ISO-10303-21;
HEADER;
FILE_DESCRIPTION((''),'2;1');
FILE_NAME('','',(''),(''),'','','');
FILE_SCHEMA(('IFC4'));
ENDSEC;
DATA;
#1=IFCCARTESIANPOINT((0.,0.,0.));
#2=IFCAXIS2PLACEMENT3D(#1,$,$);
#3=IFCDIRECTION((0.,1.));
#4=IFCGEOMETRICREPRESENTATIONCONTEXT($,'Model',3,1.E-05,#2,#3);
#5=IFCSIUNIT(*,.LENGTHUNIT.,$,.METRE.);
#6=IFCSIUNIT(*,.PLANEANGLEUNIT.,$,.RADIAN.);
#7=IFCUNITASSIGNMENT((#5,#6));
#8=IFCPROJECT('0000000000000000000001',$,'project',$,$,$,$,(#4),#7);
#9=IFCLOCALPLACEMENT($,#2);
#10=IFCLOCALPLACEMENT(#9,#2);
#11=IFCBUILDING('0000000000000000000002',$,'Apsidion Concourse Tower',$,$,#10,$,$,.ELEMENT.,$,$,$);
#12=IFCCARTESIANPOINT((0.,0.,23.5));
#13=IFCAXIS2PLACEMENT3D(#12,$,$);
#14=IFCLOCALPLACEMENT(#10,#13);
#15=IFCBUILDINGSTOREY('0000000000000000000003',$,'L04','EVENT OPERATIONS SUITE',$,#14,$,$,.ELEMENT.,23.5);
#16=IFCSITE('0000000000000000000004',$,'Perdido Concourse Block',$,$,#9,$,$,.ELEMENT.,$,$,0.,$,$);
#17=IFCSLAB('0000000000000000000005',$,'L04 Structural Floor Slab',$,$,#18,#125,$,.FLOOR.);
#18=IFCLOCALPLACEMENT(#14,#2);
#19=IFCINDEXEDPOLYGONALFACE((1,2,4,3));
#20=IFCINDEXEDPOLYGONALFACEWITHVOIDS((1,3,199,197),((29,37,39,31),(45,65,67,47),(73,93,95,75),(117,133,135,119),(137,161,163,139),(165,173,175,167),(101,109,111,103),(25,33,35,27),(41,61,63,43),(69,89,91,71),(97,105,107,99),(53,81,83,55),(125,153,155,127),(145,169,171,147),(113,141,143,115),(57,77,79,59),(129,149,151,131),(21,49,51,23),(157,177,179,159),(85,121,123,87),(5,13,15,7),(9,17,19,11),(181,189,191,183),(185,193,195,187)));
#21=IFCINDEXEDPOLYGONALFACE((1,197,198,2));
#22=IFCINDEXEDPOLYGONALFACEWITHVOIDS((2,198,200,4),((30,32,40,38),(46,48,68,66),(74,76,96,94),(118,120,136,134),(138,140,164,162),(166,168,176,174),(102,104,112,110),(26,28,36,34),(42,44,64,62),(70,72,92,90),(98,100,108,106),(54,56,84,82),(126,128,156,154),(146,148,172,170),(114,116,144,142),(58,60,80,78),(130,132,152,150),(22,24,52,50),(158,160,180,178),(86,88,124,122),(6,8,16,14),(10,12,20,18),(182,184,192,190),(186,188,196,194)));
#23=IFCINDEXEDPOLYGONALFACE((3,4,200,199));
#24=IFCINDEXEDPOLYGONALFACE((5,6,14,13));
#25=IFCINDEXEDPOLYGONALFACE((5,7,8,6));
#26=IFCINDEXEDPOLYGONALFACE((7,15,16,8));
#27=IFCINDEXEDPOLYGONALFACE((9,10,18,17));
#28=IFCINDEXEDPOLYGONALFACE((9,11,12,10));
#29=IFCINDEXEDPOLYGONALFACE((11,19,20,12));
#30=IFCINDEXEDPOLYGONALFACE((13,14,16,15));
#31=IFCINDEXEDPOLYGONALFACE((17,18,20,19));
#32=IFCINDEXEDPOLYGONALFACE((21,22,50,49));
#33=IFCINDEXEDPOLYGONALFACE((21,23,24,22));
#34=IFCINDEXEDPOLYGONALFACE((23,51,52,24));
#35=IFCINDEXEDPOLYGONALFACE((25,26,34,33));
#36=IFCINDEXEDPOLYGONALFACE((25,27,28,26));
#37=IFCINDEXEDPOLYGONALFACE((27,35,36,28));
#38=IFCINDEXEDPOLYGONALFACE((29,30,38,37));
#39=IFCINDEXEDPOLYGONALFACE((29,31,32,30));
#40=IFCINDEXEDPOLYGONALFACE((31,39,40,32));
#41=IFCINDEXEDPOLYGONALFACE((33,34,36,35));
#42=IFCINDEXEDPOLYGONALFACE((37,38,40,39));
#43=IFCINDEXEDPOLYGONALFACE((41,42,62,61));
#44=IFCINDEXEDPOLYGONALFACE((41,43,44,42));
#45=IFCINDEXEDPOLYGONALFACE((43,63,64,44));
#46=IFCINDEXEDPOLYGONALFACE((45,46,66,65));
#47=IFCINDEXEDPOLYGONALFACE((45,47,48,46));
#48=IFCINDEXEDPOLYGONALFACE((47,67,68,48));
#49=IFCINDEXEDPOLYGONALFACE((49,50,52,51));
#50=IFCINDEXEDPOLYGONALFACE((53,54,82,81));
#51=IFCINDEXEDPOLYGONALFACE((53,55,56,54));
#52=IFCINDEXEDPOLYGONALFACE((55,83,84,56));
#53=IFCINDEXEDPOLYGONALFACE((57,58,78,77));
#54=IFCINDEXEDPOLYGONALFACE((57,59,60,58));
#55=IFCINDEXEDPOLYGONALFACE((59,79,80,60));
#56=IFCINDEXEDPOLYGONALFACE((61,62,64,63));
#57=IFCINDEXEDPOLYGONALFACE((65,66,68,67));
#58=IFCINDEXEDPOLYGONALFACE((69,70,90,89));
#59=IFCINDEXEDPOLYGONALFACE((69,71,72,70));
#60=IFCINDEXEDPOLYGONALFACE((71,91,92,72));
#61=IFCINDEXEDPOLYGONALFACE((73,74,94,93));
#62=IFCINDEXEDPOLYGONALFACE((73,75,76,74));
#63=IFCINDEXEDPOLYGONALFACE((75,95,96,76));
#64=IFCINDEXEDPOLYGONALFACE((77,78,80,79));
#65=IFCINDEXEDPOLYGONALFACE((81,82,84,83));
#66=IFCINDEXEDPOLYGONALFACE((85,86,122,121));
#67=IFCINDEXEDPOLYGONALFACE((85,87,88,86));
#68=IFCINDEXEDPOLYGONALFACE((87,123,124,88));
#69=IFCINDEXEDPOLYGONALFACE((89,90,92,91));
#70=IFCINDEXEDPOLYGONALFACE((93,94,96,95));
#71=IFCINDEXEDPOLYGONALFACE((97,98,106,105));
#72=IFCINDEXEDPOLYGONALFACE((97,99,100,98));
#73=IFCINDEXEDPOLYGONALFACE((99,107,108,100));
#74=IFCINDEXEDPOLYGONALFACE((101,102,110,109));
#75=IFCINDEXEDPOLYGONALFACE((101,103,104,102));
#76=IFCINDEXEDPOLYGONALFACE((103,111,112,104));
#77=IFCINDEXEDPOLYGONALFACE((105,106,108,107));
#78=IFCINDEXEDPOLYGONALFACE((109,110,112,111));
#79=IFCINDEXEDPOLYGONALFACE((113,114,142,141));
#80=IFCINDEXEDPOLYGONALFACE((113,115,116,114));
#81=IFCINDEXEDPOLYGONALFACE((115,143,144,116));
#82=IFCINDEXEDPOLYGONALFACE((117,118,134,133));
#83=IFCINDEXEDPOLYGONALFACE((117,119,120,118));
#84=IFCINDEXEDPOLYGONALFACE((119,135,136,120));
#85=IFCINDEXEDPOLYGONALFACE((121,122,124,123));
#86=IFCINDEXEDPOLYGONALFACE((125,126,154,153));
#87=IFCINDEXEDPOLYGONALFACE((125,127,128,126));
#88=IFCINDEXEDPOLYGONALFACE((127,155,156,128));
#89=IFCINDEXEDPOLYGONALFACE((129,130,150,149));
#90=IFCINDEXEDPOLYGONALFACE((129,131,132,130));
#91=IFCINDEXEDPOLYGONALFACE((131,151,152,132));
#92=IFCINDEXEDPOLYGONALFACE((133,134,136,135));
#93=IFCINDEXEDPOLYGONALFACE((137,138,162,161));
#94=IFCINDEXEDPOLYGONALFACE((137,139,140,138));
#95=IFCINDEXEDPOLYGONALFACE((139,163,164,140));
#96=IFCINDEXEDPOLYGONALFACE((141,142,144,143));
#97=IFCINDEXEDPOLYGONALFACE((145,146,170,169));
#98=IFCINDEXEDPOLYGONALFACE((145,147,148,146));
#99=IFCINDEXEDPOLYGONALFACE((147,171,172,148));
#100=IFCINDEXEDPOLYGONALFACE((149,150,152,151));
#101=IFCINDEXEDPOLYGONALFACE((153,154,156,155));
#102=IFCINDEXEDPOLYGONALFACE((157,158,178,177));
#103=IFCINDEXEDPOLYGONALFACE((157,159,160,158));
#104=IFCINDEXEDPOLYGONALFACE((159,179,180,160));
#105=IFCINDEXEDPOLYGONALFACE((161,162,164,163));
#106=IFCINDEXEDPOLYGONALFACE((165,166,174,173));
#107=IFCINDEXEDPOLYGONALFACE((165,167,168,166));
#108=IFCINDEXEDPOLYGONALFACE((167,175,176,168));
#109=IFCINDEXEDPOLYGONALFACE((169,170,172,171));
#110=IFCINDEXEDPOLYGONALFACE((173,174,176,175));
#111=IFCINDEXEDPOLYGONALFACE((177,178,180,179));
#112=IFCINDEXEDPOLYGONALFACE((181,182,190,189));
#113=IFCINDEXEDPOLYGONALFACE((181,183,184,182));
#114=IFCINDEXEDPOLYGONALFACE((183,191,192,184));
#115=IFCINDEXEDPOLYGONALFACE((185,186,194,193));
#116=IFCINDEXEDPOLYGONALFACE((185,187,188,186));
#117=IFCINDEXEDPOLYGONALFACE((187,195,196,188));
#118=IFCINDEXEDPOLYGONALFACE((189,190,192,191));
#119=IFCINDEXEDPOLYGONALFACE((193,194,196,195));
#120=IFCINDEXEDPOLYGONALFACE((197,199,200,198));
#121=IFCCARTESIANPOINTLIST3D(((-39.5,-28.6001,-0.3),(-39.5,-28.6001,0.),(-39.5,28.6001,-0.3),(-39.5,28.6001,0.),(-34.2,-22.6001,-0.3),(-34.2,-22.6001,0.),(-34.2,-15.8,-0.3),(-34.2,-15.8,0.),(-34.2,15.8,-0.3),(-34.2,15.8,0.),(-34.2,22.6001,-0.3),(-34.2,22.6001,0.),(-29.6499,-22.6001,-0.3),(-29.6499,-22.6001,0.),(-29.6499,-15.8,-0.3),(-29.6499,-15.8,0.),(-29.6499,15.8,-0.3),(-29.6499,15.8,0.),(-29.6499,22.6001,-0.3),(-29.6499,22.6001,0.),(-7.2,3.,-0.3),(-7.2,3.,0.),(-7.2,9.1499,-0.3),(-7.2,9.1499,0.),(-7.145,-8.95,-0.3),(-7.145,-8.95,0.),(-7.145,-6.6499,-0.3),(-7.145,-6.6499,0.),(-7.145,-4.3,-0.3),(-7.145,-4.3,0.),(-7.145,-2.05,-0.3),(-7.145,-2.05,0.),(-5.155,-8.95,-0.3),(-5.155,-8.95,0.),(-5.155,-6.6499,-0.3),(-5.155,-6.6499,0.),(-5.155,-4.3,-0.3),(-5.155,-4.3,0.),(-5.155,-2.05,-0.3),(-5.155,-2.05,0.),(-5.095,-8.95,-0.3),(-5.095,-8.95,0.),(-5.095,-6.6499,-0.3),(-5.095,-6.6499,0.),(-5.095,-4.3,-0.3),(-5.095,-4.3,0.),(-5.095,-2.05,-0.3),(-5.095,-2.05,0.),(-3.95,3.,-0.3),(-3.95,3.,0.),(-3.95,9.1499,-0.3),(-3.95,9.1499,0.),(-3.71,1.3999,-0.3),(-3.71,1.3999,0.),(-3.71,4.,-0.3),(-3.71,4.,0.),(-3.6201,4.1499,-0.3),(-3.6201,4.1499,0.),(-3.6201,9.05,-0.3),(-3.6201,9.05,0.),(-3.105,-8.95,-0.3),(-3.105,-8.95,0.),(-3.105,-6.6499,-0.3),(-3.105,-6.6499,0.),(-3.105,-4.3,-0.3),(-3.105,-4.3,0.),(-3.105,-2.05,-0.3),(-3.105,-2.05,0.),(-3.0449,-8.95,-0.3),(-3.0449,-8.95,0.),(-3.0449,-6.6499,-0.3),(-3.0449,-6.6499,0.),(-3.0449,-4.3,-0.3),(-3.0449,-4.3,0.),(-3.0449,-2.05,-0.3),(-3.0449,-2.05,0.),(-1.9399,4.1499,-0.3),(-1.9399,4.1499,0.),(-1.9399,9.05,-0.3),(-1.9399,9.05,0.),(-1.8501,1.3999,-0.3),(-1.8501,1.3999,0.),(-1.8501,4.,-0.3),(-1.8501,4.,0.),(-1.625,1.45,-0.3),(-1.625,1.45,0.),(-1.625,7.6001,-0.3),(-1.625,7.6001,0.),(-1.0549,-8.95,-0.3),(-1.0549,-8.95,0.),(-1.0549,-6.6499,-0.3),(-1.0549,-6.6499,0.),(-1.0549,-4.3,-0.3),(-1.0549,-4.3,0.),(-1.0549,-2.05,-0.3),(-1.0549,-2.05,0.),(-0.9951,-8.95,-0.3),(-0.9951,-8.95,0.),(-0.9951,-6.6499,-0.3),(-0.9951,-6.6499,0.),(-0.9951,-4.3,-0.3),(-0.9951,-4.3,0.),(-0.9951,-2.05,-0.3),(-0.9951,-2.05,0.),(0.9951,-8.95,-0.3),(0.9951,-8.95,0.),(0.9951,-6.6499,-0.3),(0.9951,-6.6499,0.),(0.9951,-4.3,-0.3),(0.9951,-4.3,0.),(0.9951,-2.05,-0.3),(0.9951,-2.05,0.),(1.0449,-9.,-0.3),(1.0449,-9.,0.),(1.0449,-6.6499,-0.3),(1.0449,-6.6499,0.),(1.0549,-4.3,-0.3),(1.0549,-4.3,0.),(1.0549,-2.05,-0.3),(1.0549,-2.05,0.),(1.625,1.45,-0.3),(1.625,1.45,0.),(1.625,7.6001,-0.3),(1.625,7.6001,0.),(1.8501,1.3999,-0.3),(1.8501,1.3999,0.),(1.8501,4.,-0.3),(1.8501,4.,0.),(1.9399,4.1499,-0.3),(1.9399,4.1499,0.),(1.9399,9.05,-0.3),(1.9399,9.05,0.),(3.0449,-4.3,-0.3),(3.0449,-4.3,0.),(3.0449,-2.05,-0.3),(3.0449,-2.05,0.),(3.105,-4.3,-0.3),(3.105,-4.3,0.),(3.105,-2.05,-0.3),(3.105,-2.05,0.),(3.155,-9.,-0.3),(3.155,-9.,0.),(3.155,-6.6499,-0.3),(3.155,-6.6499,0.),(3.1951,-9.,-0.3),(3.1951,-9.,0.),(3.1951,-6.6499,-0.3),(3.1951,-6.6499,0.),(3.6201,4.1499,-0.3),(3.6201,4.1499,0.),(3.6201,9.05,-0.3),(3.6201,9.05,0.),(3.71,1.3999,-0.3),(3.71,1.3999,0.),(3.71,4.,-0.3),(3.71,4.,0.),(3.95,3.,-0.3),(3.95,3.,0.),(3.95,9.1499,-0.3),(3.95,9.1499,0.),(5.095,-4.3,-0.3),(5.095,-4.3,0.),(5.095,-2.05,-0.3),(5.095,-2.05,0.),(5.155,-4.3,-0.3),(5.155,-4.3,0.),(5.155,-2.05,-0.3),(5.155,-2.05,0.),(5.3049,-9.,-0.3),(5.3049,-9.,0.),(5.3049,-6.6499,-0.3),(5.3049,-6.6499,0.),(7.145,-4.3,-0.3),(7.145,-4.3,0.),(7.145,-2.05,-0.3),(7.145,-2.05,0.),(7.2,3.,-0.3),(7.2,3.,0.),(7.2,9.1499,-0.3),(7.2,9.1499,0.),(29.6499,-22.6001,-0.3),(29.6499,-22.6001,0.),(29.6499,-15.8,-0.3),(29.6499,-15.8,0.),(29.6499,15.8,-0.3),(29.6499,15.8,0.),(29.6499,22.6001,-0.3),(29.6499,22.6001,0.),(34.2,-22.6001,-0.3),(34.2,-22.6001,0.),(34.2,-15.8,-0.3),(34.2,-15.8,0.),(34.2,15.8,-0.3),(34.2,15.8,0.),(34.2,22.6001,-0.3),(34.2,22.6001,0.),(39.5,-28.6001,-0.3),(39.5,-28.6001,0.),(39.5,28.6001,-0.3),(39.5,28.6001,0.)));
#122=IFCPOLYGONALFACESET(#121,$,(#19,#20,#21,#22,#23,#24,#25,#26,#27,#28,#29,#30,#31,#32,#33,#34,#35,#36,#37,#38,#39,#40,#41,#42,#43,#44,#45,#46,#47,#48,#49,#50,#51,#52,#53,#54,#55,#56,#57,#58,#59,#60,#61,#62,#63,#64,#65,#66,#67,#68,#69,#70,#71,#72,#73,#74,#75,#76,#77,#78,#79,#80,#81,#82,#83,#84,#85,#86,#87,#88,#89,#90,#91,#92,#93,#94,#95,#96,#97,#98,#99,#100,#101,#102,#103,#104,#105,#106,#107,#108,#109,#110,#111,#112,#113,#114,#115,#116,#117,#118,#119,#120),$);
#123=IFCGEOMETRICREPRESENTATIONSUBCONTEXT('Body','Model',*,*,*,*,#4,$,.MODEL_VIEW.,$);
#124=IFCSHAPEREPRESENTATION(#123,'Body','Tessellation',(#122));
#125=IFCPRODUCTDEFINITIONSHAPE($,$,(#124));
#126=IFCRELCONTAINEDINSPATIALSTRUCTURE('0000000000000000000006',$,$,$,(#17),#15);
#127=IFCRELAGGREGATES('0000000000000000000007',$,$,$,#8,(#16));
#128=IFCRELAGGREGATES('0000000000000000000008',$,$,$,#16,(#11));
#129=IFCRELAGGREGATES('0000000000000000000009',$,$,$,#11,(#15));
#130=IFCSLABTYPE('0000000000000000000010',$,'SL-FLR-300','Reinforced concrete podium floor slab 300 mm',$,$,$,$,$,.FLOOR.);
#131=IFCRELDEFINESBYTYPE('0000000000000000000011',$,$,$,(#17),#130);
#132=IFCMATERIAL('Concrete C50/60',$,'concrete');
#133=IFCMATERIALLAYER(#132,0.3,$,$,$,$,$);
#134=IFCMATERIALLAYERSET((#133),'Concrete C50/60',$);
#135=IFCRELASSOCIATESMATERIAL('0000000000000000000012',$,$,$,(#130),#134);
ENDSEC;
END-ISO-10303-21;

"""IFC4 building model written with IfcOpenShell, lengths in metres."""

from ifc_helpers import new_model, si_unit, direction, frame, origin, place, context, subcontext, project, spatial, polyline, outline, extrude, material, layer, layer_set, type_object, element, save


model = new_model("IFC4")

# Units and contexts
model_context = context("Model", 3, precision=1e-05, world=origin(), true_north=direction((0.0, 1.0)))
body_context = subcontext(model_context, "Body", "Model", "MODEL_VIEW")
ifc_project = project(units=[si_unit("LENGTHUNIT", "METRE"), si_unit("PLANEANGLEUNIT", "RADIAN")], contexts=[model_context])

# Site, building, storey
site_placement = place(None, origin())
site = spatial("IfcSite", under=ifc_project, at=site_placement, Name="Perdido Concourse Block", CompositionType="ELEMENT", RefElevation=0.0)
building_placement = place(site_placement, origin())
building = spatial("IfcBuilding", under=site, at=building_placement, Name="Apsidion Concourse Tower", CompositionType="ELEMENT")
storey_placement = place(building_placement, frame((0.0, 0.0, 23.5)))
storey = spatial("IfcBuildingStorey", under=building, at=storey_placement, Name="L04", Description="EVENT OPERATIONS SUITE", CompositionType="ELEMENT", Elevation=23.5)

# Shared definitions
ifc_material_1 = material(Name="Concrete C50/60", Category="concrete")

# Slab
ifc_layer_1 = layer(ifc_material_1, 0.3)
ifc_layer_set_1 = layer_set([ifc_layer_1], Name="Concrete C50/60")
slab_type_1 = type_object("IfcSlabType", Name="SL-FLR-300", Description="Reinforced concrete podium floor slab 300 mm", PredefinedType="FLOOR", material=ifc_layer_set_1)
slab_1_placement = place(storey_placement, frame((0.0, 0.0, -0.3)))
element("IfcSlab", 1, at=slab_1_placement, inside=storey, type_object=slab_type_1, Name="L04 Structural Floor Slab", PredefinedType="FLOOR", context=body_context, shape_type="SweptSolid", body=[
    extrude(outline(polyline([(-39.5, -28.6001), (39.5, -28.6001), (39.5, 28.6001), (-39.5, 28.6001), (-39.5, -28.6001)]), holes=[polyline([(-3.95, 3.0), (-3.95, 9.1499), (-7.2, 9.1499), (-7.2, 3.0), (-3.95, 3.0)]), polyline([(7.2, 3.0), (7.2, 9.1499), (3.95, 9.1499), (3.95, 3.0), (7.2, 3.0)]), polyline([(-1.625, 7.6001), (-1.625, 1.45), (1.625, 1.45), (1.625, 7.6001), (-1.625, 7.6001)]), polyline([(-29.6499, -22.6001), (-29.6499, -15.8), (-34.2, -15.8), (-34.2, -22.6001), (-29.6499, -22.6001)]), polyline([(34.2, -22.6001), (34.2, -15.8), (29.6499, -15.8), (29.6499, -22.6001), (34.2, -22.6001)]), polyline([(-34.2, 22.6001), (-34.2, 15.8), (-29.6499, 15.8), (-29.6499, 22.6001), (-34.2, 22.6001)]), polyline([(29.6499, 22.6001), (29.6499, 15.8), (34.2, 15.8), (34.2, 22.6001), (29.6499, 22.6001)]), polyline([(-7.145, -4.3), (-5.155, -4.3), (-5.155, -2.05), (-7.145, -2.05), (-7.145, -4.3)]), polyline([(-5.095, -4.3), (-3.105, -4.3), (-3.105, -2.05), (-5.095, -2.05), (-5.095, -4.3)]), polyline([(-3.0449, -4.3), (-1.0549, -4.3), (-1.0549, -2.05), (-3.0449, -2.05), (-3.0449, -4.3)]), polyline([(-0.9951, -4.3), (0.9951, -4.3), (0.9951, -2.05), (-0.9951, -2.05), (-0.9951, -4.3)]), polyline([(1.0549, -4.3), (3.0449, -4.3), (3.0449, -2.05), (1.0549, -2.05), (1.0549, -4.3)]), polyline([(3.105, -4.3), (5.095, -4.3), (5.095, -2.05), (3.105, -2.05), (3.105, -4.3)]), polyline([(5.155, -4.3), (7.145, -4.3), (7.145, -2.05), (5.155, -2.05), (5.155, -4.3)]), polyline([(-7.145, -8.95), (-5.155, -8.95), (-5.155, -6.6499), (-7.145, -6.6499), (-7.145, -8.95)]), polyline([(-5.095, -8.95), (-3.105, -8.95), (-3.105, -6.6499), (-5.095, -6.6499), (-5.095, -8.95)]), polyline([(-3.0449, -8.95), (-1.0549, -8.95), (-1.0549, -6.6499), (-3.0449, -6.6499), (-3.0449, -8.95)]), polyline([(-0.9951, -8.95), (0.9951, -8.95), (0.9951, -6.6499), (-0.9951, -6.6499), (-0.9951, -8.95)]), polyline([(1.0449, -9.0), (3.155, -9.0), (3.155, -6.6499), (1.0449, -6.6499), (1.0449, -9.0)]), polyline([(3.1951, -9.0), (5.3049, -9.0), (5.3049, -6.6499), (3.1951, -6.6499), (3.1951, -9.0)]), polyline([(-3.71, 1.3999), (-1.8501, 1.3999), (-1.8501, 4.0), (-3.71, 4.0), (-3.71, 1.3999)]), polyline([(1.8501, 1.3999), (3.71, 1.3999), (3.71, 4.0), (1.8501, 4.0), (1.8501, 1.3999)]), polyline([(-3.6201, 4.1499), (-1.9399, 4.1499), (-1.9399, 9.05), (-3.6201, 9.05), (-3.6201, 4.1499)]), polyline([(1.9399, 4.1499), (3.6201, 4.1499), (3.6201, 9.05), (1.9399, 9.05), (1.9399, 4.1499)])]), origin(), (0.0, 0.0, 1.0), 0.3),
])

save(model, "model.ifc")
